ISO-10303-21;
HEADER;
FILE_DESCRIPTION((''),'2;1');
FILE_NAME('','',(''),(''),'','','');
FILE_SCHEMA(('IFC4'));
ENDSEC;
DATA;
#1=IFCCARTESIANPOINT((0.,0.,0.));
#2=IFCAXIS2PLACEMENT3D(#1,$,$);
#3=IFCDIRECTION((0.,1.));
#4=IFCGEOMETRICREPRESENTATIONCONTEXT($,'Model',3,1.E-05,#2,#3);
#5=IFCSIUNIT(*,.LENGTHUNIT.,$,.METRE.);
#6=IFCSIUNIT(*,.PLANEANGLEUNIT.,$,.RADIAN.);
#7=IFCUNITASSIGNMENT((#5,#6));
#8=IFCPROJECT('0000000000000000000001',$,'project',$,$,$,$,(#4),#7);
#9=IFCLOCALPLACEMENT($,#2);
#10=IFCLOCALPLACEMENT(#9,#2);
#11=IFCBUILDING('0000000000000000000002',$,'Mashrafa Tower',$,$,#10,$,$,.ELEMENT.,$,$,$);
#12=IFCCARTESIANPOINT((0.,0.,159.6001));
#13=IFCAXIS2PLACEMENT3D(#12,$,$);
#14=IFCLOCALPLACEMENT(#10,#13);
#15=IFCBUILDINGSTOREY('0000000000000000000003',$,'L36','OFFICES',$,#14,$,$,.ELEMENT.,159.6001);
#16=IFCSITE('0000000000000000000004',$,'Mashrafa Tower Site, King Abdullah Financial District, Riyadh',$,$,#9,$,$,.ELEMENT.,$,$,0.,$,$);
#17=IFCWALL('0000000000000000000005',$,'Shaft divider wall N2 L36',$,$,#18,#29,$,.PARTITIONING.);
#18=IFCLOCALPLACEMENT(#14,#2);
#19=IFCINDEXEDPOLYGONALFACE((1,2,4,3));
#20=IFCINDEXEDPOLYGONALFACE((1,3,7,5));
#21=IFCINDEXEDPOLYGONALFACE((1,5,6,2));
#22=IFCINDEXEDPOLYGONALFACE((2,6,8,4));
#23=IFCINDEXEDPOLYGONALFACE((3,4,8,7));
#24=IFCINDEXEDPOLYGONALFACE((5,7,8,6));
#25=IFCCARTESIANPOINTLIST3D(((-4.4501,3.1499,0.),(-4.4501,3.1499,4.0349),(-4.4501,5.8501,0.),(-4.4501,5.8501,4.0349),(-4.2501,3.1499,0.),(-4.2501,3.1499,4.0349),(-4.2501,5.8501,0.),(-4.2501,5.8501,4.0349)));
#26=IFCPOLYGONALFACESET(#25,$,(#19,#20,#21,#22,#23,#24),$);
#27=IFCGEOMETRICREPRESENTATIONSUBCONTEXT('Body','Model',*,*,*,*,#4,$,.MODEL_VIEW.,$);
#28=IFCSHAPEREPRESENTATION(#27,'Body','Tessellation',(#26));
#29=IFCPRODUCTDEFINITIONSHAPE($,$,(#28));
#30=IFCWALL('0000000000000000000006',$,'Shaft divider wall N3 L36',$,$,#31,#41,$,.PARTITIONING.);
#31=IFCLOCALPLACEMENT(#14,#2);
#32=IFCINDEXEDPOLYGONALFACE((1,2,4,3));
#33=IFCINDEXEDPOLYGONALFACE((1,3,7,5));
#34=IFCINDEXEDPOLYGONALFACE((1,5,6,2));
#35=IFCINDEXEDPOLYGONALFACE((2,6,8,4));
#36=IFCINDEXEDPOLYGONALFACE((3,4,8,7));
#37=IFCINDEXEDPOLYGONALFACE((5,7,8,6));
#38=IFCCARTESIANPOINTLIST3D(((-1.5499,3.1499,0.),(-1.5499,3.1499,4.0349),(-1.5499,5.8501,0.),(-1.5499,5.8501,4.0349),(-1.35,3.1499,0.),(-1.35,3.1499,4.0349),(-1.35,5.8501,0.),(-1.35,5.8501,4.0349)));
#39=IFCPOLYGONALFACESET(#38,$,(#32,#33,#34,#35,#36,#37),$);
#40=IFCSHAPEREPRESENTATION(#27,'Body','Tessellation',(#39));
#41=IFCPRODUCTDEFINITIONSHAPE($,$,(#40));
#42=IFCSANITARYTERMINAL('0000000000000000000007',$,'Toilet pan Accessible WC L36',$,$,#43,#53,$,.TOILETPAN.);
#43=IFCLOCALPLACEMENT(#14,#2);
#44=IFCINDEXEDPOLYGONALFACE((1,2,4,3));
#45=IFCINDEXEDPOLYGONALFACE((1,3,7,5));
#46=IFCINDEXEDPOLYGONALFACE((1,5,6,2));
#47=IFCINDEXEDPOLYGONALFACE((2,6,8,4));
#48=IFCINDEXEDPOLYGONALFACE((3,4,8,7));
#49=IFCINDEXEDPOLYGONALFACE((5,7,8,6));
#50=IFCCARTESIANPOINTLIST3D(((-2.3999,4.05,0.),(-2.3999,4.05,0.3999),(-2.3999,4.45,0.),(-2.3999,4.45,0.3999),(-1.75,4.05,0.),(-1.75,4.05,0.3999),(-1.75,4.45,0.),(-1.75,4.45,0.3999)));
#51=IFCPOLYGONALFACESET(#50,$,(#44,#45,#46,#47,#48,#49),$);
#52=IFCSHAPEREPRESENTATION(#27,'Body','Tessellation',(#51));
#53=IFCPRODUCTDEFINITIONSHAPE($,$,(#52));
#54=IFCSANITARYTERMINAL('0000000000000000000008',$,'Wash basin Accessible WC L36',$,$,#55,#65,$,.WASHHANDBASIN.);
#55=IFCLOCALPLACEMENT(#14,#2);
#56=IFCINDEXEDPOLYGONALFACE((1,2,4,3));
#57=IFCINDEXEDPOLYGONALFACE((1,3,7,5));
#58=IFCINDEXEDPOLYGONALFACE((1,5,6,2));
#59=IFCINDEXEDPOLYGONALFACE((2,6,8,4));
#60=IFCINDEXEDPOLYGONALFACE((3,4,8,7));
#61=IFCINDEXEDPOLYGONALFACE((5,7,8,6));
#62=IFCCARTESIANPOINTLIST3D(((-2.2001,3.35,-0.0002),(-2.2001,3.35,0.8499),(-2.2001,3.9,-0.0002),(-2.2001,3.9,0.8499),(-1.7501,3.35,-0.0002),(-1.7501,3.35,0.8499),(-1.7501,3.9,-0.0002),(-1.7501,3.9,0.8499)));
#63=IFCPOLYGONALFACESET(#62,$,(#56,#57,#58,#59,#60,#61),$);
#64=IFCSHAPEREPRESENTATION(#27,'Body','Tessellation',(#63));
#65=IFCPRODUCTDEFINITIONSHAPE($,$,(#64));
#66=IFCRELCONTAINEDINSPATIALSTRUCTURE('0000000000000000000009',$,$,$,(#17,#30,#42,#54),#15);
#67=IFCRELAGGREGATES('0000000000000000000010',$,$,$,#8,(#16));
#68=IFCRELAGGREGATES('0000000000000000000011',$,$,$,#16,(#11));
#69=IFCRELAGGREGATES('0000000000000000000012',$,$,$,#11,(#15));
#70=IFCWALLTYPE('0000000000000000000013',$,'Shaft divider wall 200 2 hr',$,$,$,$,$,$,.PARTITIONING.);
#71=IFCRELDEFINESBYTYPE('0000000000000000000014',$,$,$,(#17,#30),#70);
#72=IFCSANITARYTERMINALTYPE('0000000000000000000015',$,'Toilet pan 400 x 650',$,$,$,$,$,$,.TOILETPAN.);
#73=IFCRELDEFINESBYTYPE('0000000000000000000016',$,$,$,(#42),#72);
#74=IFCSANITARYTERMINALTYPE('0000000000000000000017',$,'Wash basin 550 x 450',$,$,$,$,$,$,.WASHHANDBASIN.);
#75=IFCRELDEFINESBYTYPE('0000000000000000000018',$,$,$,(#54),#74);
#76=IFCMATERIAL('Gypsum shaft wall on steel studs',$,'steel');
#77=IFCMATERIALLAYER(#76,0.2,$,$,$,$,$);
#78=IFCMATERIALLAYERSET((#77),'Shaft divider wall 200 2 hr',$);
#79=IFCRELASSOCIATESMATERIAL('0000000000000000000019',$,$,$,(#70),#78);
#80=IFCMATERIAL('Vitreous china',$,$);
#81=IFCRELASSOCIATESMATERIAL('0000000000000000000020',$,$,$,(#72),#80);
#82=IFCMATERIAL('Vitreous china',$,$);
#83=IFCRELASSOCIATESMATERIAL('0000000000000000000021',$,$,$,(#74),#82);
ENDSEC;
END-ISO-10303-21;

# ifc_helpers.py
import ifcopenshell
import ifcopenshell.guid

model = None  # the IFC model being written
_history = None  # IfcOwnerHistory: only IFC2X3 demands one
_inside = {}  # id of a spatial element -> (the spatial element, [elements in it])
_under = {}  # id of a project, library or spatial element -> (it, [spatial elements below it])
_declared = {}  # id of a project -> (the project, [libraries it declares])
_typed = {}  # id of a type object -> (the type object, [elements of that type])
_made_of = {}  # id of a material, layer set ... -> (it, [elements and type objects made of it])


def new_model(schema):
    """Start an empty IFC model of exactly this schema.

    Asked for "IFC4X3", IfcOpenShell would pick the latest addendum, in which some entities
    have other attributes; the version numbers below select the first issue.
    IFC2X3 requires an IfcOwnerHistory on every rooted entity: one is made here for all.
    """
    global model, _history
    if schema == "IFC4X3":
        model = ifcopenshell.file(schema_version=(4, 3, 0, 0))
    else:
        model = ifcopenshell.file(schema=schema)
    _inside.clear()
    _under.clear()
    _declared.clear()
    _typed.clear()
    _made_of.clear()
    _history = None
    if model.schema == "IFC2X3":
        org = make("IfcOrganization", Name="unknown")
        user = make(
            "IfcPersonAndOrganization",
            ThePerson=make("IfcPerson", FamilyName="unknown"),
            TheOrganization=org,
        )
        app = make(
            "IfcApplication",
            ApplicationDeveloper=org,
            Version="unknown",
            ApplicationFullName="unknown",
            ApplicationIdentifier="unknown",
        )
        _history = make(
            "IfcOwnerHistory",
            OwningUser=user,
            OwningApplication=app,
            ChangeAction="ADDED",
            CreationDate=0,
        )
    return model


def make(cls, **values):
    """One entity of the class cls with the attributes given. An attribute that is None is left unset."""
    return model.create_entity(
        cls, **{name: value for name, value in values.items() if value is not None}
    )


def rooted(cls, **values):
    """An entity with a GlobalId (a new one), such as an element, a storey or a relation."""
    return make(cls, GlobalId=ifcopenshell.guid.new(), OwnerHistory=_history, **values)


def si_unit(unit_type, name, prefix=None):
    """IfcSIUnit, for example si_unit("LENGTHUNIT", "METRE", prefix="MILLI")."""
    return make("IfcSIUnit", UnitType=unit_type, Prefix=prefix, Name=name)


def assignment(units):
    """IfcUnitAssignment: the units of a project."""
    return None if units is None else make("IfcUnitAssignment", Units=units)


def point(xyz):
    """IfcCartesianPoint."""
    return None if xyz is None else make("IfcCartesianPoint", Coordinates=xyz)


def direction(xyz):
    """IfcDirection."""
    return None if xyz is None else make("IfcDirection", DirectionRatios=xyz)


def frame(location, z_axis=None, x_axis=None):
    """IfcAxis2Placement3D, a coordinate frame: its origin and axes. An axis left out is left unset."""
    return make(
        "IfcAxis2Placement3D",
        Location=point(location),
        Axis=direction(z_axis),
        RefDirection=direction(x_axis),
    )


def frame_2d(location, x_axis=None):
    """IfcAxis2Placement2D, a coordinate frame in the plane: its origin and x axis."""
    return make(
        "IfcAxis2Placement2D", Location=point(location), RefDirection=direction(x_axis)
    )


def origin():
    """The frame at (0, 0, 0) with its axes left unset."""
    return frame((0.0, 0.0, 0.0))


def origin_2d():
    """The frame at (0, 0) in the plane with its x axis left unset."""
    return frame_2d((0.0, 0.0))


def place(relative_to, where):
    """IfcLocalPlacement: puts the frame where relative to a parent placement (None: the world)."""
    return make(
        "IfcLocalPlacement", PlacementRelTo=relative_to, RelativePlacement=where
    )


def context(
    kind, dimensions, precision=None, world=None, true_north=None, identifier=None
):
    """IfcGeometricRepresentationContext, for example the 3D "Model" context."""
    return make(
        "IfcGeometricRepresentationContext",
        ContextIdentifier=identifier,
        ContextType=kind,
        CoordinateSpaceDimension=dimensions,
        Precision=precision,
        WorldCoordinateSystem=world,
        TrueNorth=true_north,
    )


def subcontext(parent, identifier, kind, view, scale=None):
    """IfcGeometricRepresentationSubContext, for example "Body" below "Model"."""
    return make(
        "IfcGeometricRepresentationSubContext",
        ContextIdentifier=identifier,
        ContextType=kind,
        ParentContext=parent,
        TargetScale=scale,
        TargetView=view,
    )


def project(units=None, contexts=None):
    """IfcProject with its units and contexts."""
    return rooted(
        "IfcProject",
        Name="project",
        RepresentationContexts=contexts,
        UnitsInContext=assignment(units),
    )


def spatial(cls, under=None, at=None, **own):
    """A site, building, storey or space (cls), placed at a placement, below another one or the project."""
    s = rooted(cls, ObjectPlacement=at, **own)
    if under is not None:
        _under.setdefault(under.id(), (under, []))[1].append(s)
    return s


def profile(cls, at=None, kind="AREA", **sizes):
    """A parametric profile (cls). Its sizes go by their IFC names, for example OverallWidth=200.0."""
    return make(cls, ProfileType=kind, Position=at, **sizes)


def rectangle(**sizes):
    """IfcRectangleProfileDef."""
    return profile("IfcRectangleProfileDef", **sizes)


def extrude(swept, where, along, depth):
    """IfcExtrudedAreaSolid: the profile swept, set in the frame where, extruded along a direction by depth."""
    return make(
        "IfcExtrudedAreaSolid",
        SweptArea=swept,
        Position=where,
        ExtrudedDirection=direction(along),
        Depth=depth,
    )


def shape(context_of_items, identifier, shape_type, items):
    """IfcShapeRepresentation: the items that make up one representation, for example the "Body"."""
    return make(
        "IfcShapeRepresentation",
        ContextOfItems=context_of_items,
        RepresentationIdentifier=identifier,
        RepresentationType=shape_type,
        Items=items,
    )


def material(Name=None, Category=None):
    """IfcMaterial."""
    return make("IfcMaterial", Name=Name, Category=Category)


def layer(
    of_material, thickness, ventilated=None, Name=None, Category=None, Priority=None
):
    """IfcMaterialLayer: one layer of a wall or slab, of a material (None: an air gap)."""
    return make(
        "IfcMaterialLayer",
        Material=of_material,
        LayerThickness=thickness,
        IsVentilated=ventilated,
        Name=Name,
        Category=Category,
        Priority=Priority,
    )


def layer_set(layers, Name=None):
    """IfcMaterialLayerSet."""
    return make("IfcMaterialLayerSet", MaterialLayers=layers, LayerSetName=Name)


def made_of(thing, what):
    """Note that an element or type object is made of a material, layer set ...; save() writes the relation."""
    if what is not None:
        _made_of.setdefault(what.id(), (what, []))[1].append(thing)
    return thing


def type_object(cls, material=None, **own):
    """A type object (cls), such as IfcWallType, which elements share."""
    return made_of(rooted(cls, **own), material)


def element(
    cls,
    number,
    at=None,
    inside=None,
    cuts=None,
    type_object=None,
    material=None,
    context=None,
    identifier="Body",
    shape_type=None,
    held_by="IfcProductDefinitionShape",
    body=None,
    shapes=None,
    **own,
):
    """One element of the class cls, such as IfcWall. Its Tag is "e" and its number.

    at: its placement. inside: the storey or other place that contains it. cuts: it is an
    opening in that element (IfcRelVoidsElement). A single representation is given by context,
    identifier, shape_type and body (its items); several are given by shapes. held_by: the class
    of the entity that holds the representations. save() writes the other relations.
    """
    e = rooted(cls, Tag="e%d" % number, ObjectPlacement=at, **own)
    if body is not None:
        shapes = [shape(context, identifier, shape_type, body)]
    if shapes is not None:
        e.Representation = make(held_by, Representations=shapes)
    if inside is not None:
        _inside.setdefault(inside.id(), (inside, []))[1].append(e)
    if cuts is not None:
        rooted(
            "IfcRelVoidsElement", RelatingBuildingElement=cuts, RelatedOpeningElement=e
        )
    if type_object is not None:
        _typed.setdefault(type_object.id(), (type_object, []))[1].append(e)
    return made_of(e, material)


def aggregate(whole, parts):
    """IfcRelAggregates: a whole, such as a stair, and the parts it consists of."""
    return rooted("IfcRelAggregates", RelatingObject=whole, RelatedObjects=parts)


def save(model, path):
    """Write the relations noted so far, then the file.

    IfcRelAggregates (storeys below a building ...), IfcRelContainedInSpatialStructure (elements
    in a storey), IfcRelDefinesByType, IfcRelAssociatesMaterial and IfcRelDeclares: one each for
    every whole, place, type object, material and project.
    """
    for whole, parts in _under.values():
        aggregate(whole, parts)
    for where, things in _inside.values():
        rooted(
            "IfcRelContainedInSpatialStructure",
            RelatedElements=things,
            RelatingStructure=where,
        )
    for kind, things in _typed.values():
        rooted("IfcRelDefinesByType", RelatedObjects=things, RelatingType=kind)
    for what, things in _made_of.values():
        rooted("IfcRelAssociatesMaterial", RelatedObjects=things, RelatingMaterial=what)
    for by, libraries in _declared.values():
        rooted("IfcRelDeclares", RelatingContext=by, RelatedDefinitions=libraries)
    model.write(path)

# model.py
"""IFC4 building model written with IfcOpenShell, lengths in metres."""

from ifc_helpers import new_model, si_unit, direction, frame, frame_2d, origin, origin_2d, place, context, subcontext, project, spatial, rectangle, extrude, material, layer, layer_set, type_object, element, save


model = new_model("IFC4")

# Units and contexts
model_context = context("Model", 3, precision=1e-05, world=origin(), true_north=direction((0.0, 1.0)))
body_context = subcontext(model_context, "Body", "Model", "MODEL_VIEW")
ifc_project = project(units=[si_unit("LENGTHUNIT", "METRE"), si_unit("PLANEANGLEUNIT", "RADIAN")], contexts=[model_context])

# Site, building, storey
site_placement = place(None, origin())
site = spatial("IfcSite", under=ifc_project, at=site_placement, Name="Mashrafa Tower Site, King Abdullah Financial District, Riyadh", CompositionType="ELEMENT", RefElevation=0.0)
building_placement = place(site_placement, origin())
building = spatial("IfcBuilding", under=site, at=building_placement, Name="Mashrafa Tower", CompositionType="ELEMENT")
storey_placement = place(building_placement, frame((0.0, 0.0, 159.6001)))
storey = spatial("IfcBuildingStorey", under=building, at=storey_placement, Name="L36", Description="OFFICES", CompositionType="ELEMENT", Elevation=159.6001)

# Walls
ifc_material_1 = material(Name="Gypsum shaft wall on steel studs", Category="steel")
ifc_layer_1 = layer(ifc_material_1, 0.2)
ifc_layer_set_1 = layer_set([ifc_layer_1], Name="Shaft divider wall 200 2 hr")
wall_type_1 = type_object("IfcWallType", Name="Shaft divider wall 200 2 hr", PredefinedType="PARTITIONING", material=ifc_layer_set_1)
for number, where, z_axis, x_axis, name in (
    (1, (-4.3501, 3.1499, 0.0), (0.0, 0.0, 1.0), (0.0, 1.0, 0.0), "Shaft divider wall N2 L36"),
    (2, (-1.45, 3.1499, 0.0), (0.0, 0.0, 1.0), (0.0, 1.0, 0.0), "Shaft divider wall N3 L36"),
):
    element("IfcWall", number, at=place(storey_placement, frame(where, z_axis=z_axis, x_axis=x_axis)), inside=storey, type_object=wall_type_1, Name=name, PredefinedType="PARTITIONING", context=body_context, shape_type="SweptSolid", body=[
        extrude(rectangle(XDim=2.7002, YDim=0.2, at=frame_2d((1.3501, 0.0))), origin(), (0.0, 0.0, 1.0), 4.0349),
    ])

# Sanitary terminals
ifc_material_2 = material(Name="Vitreous china")
sanitary_terminal_type_1 = type_object("IfcSanitaryTerminalType", Name="Toilet pan 400 x 650", PredefinedType="TOILETPAN", material=ifc_material_2)
sanitary_terminal_1_placement = place(storey_placement, frame((-2.075, 4.25, 0.0), z_axis=(0.0, 0.0, 1.0), x_axis=(0.0, 1.0, 0.0)))
element("IfcSanitaryTerminal", 3, at=sanitary_terminal_1_placement, inside=storey, type_object=sanitary_terminal_type_1, Name="Toilet pan Accessible WC L36", PredefinedType="TOILETPAN", context=body_context, shape_type="SweptSolid", body=[
    extrude(rectangle(XDim=0.3999, YDim=0.6499, at=origin_2d()), origin(), (0.0, 0.0, 1.0), 0.3999),
])
ifc_material_3 = material(Name="Vitreous china")
sanitary_terminal_type_2 = type_object("IfcSanitaryTerminalType", Name="Wash basin 550 x 450", PredefinedType="WASHHANDBASIN", material=ifc_material_3)
sanitary_terminal_2_placement = place(storey_placement, frame((-1.9751, 3.625, -0.0002), z_axis=(0.0, 0.0, 1.0), x_axis=(0.0, 1.0, 0.0)))
element("IfcSanitaryTerminal", 4, at=sanitary_terminal_2_placement, inside=storey, type_object=sanitary_terminal_type_2, Name="Wash basin Accessible WC L36", PredefinedType="WASHHANDBASIN", context=body_context, shape_type="SweptSolid", body=[
    extrude(rectangle(XDim=0.55, YDim=0.45, at=origin_2d()), origin(), (0.0, 0.0, 1.0), 0.8501),
])

save(model, "model.ifc")
